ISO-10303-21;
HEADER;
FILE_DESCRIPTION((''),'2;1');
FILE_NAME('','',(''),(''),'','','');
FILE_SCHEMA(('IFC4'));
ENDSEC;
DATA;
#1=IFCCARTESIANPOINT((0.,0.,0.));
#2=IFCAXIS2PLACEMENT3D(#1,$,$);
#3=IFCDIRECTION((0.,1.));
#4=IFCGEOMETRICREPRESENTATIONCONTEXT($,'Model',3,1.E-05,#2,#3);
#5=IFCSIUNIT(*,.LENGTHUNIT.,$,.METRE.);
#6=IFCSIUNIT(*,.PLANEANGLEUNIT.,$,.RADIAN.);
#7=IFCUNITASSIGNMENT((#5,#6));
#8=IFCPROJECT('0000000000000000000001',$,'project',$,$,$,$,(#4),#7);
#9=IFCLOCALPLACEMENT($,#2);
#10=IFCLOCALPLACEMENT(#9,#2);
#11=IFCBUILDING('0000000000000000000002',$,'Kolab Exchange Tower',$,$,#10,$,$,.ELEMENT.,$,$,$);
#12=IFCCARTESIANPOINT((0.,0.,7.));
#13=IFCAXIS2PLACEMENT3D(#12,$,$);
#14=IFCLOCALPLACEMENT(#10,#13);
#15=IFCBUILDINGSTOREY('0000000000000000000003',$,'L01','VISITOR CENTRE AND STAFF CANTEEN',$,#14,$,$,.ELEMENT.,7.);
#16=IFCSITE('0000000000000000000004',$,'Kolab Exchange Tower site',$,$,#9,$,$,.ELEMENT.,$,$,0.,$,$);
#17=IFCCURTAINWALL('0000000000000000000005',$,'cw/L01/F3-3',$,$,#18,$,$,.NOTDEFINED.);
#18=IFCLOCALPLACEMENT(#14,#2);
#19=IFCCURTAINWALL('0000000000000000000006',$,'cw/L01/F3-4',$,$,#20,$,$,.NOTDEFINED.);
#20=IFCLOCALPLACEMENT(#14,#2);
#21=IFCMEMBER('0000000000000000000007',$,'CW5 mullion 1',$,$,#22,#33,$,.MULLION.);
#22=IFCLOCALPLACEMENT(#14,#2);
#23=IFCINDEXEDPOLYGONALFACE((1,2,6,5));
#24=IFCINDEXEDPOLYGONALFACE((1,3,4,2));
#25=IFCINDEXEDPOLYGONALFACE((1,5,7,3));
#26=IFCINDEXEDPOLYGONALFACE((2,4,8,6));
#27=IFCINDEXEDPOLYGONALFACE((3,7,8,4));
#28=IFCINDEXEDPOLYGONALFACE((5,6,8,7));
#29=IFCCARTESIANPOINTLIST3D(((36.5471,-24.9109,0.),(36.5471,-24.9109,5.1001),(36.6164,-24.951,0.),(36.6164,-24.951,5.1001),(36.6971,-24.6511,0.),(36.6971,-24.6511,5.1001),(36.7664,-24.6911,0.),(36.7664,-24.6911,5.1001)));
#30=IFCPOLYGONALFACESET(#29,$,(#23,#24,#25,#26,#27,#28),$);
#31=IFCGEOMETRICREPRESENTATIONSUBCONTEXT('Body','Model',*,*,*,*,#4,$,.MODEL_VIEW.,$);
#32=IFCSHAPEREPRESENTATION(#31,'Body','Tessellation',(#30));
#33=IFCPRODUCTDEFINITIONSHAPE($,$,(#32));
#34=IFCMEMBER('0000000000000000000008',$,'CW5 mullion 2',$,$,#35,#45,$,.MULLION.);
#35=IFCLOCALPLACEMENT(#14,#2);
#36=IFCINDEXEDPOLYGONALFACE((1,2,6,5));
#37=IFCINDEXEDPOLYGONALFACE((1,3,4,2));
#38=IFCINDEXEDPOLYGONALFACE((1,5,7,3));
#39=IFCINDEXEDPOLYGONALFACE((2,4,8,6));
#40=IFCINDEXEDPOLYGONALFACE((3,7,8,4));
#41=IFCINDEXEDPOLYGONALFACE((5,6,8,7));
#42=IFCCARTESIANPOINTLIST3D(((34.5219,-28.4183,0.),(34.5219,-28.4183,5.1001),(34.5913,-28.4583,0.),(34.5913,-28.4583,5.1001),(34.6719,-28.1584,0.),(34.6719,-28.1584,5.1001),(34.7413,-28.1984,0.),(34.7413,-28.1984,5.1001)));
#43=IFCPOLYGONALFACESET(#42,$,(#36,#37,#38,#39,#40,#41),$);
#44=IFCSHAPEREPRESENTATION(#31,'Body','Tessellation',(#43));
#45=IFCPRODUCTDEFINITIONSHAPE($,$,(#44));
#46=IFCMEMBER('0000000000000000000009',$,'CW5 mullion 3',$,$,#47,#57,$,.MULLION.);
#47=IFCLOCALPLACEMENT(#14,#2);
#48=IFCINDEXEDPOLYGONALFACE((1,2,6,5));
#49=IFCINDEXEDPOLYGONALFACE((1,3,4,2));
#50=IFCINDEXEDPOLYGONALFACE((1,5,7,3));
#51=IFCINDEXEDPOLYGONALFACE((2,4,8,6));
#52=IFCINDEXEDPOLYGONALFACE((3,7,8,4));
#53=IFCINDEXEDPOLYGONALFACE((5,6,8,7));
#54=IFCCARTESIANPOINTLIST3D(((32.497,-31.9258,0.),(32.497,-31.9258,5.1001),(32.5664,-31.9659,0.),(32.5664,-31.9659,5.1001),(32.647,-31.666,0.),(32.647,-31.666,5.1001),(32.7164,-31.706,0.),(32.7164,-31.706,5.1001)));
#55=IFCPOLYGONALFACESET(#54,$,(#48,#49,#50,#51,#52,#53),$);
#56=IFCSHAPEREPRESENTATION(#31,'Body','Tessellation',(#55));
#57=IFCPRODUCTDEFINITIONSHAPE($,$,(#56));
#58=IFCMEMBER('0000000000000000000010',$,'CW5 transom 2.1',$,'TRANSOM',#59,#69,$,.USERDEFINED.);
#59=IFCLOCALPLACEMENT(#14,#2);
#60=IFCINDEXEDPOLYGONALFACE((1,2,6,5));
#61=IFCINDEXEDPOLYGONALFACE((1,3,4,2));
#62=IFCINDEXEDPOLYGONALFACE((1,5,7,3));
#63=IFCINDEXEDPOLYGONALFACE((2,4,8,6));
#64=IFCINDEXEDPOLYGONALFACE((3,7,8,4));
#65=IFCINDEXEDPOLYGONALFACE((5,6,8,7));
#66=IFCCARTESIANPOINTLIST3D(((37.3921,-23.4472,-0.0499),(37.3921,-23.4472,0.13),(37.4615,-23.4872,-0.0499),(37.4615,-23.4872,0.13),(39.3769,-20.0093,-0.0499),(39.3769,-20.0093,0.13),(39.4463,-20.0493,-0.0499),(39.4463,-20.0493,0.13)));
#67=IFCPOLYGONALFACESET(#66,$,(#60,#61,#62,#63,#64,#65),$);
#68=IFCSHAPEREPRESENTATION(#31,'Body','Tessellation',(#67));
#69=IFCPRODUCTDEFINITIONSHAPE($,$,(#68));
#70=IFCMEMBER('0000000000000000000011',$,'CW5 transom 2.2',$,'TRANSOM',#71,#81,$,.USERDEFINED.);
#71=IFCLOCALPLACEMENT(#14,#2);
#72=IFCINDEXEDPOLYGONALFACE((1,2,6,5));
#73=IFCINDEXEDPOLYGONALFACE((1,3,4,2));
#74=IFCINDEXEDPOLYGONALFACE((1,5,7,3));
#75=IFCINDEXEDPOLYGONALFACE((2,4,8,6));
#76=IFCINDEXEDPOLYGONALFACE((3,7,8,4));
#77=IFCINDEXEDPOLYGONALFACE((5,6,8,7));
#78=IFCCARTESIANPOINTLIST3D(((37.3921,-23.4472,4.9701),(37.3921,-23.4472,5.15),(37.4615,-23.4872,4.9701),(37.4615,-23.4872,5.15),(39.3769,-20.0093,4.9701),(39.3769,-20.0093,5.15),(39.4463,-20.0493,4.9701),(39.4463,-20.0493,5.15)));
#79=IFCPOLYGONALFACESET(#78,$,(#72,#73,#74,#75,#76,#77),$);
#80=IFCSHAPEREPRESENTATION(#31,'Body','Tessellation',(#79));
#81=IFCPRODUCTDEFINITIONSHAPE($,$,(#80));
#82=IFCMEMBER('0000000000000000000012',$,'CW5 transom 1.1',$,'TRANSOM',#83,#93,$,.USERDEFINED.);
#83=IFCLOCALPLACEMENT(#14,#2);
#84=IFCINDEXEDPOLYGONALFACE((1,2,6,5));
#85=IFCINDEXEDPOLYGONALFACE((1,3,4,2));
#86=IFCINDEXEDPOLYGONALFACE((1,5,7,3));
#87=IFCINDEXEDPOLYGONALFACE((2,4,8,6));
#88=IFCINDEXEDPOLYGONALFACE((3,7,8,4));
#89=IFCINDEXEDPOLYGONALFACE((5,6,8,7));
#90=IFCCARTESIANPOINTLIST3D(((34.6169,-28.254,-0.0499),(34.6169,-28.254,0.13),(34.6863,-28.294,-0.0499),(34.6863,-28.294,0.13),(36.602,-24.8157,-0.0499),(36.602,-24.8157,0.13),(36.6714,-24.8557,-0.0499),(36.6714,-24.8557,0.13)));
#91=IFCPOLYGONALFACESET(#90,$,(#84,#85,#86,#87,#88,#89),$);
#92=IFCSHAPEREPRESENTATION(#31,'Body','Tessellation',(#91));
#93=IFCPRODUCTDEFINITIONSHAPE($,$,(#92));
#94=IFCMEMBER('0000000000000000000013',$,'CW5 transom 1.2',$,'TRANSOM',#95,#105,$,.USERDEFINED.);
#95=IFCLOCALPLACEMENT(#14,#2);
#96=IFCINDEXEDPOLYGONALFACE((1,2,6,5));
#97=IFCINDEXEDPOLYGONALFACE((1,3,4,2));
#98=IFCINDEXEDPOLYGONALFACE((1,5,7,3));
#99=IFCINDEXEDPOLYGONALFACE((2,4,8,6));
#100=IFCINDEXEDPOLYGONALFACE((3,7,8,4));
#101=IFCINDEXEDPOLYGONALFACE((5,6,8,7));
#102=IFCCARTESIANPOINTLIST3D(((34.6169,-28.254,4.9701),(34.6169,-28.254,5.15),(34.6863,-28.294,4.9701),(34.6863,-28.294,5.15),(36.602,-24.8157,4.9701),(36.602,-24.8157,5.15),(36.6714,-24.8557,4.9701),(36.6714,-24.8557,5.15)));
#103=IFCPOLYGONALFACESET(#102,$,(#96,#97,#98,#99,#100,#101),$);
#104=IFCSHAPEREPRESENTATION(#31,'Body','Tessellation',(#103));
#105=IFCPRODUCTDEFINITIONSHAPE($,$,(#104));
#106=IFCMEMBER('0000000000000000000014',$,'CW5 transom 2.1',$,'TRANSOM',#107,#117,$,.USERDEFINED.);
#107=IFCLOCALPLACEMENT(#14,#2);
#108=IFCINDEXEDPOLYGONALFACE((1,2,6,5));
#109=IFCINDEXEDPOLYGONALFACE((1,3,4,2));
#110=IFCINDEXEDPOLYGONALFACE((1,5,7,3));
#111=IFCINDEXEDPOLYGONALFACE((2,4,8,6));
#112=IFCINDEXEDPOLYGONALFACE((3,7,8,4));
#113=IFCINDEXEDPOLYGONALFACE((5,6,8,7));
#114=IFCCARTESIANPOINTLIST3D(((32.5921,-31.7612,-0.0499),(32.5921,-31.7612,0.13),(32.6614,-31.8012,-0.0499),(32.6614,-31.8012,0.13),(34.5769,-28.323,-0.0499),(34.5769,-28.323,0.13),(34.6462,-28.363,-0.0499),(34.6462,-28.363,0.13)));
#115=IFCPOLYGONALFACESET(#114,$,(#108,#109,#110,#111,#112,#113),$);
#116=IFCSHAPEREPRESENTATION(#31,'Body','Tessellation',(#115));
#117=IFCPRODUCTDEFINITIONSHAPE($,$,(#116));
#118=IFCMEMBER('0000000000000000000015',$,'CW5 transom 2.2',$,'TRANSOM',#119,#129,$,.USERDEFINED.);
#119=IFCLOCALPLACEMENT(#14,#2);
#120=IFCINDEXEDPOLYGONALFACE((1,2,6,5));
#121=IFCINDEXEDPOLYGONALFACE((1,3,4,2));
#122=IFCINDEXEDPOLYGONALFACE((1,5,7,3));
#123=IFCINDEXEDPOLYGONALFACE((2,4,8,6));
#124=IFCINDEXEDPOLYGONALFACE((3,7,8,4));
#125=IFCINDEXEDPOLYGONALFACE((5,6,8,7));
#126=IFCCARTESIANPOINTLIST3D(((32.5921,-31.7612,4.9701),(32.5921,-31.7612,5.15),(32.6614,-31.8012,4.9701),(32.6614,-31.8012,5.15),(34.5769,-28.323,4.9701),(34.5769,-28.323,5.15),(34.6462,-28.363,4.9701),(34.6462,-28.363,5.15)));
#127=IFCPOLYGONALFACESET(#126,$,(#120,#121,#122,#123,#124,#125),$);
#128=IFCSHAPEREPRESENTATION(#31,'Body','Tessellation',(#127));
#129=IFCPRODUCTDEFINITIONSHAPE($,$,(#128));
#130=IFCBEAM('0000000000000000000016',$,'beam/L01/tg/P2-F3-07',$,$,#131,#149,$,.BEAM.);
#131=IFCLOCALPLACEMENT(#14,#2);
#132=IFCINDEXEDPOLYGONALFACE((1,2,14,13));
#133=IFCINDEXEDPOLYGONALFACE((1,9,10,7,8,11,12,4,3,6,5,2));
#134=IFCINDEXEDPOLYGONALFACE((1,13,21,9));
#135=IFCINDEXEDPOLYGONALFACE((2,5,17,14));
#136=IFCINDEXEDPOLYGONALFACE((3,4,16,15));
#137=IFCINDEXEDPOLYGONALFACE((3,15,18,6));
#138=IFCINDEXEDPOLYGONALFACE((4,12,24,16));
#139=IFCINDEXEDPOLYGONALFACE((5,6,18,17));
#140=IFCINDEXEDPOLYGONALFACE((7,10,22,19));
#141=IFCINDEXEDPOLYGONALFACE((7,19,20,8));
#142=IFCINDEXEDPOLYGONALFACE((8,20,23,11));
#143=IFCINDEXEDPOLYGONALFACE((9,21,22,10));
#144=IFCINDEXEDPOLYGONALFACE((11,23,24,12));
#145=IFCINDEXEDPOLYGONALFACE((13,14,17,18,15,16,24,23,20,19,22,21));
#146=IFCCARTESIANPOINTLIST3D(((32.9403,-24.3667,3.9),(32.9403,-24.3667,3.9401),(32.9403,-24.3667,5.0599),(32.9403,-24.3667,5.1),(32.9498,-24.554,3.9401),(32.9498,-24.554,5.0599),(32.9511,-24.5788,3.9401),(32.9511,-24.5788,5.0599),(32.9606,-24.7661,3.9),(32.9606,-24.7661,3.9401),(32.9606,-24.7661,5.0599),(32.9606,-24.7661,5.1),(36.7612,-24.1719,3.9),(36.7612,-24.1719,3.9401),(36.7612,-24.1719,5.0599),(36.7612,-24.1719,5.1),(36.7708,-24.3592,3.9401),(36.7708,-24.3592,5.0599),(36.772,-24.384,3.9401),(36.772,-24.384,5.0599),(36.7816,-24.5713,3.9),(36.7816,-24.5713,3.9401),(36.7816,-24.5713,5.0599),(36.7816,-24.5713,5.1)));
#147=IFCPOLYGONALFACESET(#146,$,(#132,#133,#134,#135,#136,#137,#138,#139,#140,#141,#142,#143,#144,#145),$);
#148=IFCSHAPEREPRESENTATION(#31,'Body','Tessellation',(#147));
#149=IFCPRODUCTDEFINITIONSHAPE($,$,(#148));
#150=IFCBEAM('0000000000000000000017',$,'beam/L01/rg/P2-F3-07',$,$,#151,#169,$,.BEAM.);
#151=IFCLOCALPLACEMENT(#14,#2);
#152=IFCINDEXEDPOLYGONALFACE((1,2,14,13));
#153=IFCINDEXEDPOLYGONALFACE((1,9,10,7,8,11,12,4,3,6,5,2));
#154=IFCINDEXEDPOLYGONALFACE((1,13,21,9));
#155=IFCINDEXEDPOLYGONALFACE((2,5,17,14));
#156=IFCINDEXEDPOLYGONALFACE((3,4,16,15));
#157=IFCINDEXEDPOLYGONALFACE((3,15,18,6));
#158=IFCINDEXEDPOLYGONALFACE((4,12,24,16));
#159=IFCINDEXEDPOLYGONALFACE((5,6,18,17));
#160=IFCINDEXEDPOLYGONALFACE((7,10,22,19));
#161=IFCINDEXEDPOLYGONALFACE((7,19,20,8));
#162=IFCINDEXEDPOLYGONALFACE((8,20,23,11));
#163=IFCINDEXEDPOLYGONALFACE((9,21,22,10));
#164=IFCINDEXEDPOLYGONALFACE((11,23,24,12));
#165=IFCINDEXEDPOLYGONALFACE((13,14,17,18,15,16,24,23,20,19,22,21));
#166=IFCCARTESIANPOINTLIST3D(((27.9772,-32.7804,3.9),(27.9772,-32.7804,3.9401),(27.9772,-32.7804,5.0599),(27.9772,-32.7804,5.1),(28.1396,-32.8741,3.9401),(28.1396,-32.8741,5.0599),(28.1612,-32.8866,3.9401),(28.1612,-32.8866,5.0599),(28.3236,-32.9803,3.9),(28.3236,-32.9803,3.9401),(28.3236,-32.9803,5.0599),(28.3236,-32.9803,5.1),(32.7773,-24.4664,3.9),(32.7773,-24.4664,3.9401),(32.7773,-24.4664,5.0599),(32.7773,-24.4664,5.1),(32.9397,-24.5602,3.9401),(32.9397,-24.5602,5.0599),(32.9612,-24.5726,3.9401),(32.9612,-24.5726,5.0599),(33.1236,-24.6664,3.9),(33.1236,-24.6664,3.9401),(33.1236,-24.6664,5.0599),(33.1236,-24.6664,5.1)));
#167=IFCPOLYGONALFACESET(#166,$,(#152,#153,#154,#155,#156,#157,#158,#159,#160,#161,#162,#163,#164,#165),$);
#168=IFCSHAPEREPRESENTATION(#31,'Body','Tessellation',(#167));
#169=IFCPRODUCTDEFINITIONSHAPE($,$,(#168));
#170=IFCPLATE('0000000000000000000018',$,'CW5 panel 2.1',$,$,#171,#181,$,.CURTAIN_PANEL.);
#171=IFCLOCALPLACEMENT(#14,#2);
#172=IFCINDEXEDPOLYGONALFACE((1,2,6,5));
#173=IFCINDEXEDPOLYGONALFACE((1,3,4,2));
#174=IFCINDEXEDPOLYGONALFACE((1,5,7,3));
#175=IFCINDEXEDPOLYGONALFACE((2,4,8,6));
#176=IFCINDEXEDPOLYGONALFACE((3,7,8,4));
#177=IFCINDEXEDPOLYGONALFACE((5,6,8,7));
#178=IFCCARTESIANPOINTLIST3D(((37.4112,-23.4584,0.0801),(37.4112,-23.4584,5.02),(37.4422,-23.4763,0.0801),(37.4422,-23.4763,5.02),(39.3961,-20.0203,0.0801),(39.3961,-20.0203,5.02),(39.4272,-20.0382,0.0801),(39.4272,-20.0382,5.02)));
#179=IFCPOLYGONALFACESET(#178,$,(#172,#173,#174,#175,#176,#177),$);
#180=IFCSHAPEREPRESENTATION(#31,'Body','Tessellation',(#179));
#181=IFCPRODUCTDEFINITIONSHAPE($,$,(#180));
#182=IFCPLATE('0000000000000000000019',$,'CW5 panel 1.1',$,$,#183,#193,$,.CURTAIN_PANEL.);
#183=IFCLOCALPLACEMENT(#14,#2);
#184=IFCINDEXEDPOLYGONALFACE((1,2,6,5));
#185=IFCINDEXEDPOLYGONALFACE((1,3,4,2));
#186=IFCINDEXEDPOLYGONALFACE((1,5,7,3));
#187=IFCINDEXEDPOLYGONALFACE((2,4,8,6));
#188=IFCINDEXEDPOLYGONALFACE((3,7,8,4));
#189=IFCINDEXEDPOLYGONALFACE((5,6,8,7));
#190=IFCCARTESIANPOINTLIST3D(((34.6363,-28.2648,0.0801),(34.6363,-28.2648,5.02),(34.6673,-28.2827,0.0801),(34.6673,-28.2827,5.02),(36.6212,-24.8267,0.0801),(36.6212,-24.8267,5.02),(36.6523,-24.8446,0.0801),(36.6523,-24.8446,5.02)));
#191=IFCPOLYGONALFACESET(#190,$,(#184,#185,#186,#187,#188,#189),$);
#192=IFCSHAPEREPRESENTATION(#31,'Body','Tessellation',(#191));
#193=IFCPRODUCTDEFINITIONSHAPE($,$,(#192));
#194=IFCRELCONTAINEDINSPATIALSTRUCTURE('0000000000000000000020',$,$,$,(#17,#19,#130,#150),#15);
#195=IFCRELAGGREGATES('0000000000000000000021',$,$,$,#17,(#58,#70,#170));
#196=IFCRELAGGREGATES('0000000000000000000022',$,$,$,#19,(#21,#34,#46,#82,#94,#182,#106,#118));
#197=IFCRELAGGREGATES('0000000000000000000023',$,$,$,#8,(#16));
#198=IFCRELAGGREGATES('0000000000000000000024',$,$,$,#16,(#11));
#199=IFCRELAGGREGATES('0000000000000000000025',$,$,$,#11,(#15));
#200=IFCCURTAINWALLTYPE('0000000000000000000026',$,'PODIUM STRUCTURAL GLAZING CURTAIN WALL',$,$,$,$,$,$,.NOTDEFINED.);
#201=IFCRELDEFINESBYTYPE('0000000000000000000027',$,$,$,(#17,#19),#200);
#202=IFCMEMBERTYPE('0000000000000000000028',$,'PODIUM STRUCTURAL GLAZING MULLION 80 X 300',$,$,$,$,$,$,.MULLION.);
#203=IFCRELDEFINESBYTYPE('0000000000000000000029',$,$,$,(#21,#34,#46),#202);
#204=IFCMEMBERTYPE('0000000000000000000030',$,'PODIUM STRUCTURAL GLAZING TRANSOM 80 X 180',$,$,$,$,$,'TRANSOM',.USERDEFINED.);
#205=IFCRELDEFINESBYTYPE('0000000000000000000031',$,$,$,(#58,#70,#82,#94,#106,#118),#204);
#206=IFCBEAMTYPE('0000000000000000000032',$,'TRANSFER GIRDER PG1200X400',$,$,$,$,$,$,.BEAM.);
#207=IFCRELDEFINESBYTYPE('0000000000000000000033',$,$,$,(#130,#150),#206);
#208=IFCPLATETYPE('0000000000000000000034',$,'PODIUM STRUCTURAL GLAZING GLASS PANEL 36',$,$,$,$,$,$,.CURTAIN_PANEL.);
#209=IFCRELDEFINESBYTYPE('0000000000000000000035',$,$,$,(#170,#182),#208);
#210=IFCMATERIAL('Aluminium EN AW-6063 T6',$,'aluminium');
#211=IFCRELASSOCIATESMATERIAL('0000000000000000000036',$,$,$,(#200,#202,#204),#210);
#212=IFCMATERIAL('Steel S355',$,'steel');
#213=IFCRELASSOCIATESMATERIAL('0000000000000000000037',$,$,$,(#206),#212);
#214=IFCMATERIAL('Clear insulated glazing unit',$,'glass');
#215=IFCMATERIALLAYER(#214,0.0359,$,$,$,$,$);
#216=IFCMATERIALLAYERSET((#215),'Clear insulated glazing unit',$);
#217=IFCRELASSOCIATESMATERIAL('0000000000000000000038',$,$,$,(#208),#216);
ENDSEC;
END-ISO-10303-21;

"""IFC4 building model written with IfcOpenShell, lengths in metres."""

from ifc_helpers import new_model, si_unit, direction, frame, origin, origin_2d, place, context, subcontext, project, spatial, rectangle, i_section, extrude, material, layer, layer_set, material_profile, profile_set, type_object, element, aggregate, save


model = new_model("IFC4")

# Units and contexts
model_context = context("Model", 3, precision=1e-05, world=origin(), true_north=direction((0.0, 1.0)))
body_context = subcontext(model_context, "Body", "Model", "MODEL_VIEW")
ifc_project = project(units=[si_unit("LENGTHUNIT", "METRE"), si_unit("PLANEANGLEUNIT", "RADIAN")], contexts=[model_context])

# Site, building, storey
site_placement = place(None, origin())
site = spatial("IfcSite", under=ifc_project, at=site_placement, Name="Kolab Exchange Tower site", CompositionType="ELEMENT", RefElevation=0.0)
building_placement = place(site_placement, origin())
building = spatial("IfcBuilding", under=site, at=building_placement, Name="Kolab Exchange Tower", CompositionType="ELEMENT")
storey_placement = place(building_placement, frame((0.0, 0.0, 7.0)))
storey = spatial("IfcBuildingStorey", under=building, at=storey_placement, Name="L01", Description="VISITOR CENTRE AND STAFF CANTEEN", CompositionType="ELEMENT", Elevation=7.0)

# Shared definitions
ifc_material_1 = material(Name="Steel S355", Category="steel")

# Curtain walls, members
ifc_material_2 = material(Name="Aluminium EN AW-6063 T6", Category="aluminium")
curtain_wall_type = type_object("IfcCurtainWallType", Name="PODIUM STRUCTURAL GLAZING CURTAIN WALL", PredefinedType="NOTDEFINED", material=ifc_material_2)
curtain_wall_1_placement = place(storey_placement, origin())
curtain_wall_1 = element("IfcCurtainWall", 1, at=curtain_wall_1_placement, inside=storey, type_object=curtain_wall_type, Name="cw/L01/F3-3", PredefinedType="NOTDEFINED")
ifc_material_profile_1 = material_profile(ifc_material_2, rectangle(XDim=0.0801, YDim=0.3, at=origin_2d()), Name="RECT 80X300")
ifc_profile_set_1 = profile_set([ifc_material_profile_1], Name="Aluminium EN AW-6063 T6")
member_type_1 = type_object("IfcMemberType", Name="PODIUM STRUCTURAL GLAZING MULLION 80 X 300", PredefinedType="MULLION", material=ifc_profile_set_1)
curtain_wall_2_placement = place(storey_placement, origin())
curtain_wall_2 = element("IfcCurtainWall", 2, at=curtain_wall_2_placement, inside=storey, type_object=curtain_wall_type, Name="cw/L01/F3-4", PredefinedType="NOTDEFINED")
member_1_placement = place(storey_placement, frame((36.6567, -24.801, 0.0), z_axis=(0.0, 0.0, 1.0), x_axis=(0.866025, -0.5, 0.0)))
member_1 = element("IfcMember", 3, at=member_1_placement, type_object=member_type_1, Name="CW5 mullion 1", PredefinedType="MULLION", context=body_context, shape_type="SweptSolid", body=[
    extrude(rectangle(XDim=0.0801, YDim=0.3, at=origin_2d()), origin(), (0.0, 0.0, 1.0), 5.1001),
])
member_2_placement = place(storey_placement, frame((34.6316, -28.3083, 0.0), z_axis=(0.0, 0.0, 1.0), x_axis=(0.866025, -0.5, 0.0)))
member_2 = element("IfcMember", 4, at=member_2_placement, type_object=member_type_1, Name="CW5 mullion 2", PredefinedType="MULLION", context=body_context, shape_type="SweptSolid", body=[
    extrude(rectangle(XDim=0.0801, YDim=0.3, at=origin_2d()), origin(), (0.0, 0.0, 1.0), 5.1001),
])
member_3_placement = place(storey_placement, frame((32.6067, -31.8159, 0.0), z_axis=(0.0, 0.0, 1.0), x_axis=(0.866025, -0.5, 0.0)))
member_3 = element("IfcMember", 5, at=member_3_placement, type_object=member_type_1, Name="CW5 mullion 3", PredefinedType="MULLION", context=body_context, shape_type="SweptSolid", body=[
    extrude(rectangle(XDim=0.0801, YDim=0.3, at=origin_2d()), origin(), (0.0, 0.0, 1.0), 5.1001),
])

# Members
ifc_material_profile_2 = material_profile(ifc_material_2, rectangle(XDim=0.0801, YDim=0.1799, at=origin_2d()), Name="RECT 80X180")
ifc_profile_set_2 = profile_set([ifc_material_profile_2], Name="Aluminium EN AW-6063 T6")
member_type_2 = type_object("IfcMemberType", Name="PODIUM STRUCTURAL GLAZING TRANSOM 80 X 180", ElementType="TRANSOM", PredefinedType="USERDEFINED", material=ifc_profile_set_2)
member_4_placement = place(storey_placement, frame((39.4116, -20.0293, 0.04), z_axis=(-0.499989, -0.866032, 0.0), x_axis=(0.866032, -0.499989, 0.0)))
member_4 = element("IfcMember", 6, at=member_4_placement, type_object=member_type_2, Name="CW5 transom 2.1", ObjectType="TRANSOM", PredefinedType="USERDEFINED", context=body_context, shape_type="SweptSolid", body=[
    extrude(rectangle(XDim=0.0801, YDim=0.1799, at=origin_2d()), origin(), (0.0, 0.0, 1.0), 3.9697),
])
member_5_placement = place(storey_placement, frame((39.4116, -20.0293, 5.0601), z_axis=(-0.499989, -0.866032, 0.0), x_axis=(0.866032, -0.499989, 0.0)))
member_5 = element("IfcMember", 7, at=member_5_placement, type_object=member_type_2, Name="CW5 transom 2.2", ObjectType="TRANSOM", PredefinedType="USERDEFINED", context=body_context, shape_type="SweptSolid", body=[
    extrude(rectangle(XDim=0.0801, YDim=0.1799, at=origin_2d()), origin(), (0.0, 0.0, 1.0), 3.9697),
])
member_6_placement = place(storey_placement, frame((36.6367, -24.8357, 0.04), z_axis=(-0.500008, -0.866021, 0.0), x_axis=(0.866021, -0.500008, 0.0)))
member_6 = element("IfcMember", 8, at=member_6_placement, type_object=member_type_2, Name="CW5 transom 1.1", ObjectType="TRANSOM", PredefinedType="USERDEFINED", context=body_context, shape_type="SweptSolid", body=[
    extrude(rectangle(XDim=0.0801, YDim=0.1799, at=origin_2d()), origin(), (0.0, 0.0, 1.0), 3.9702),
])
member_7_placement = place(storey_placement, frame((36.6367, -24.8357, 5.0601), z_axis=(-0.500008, -0.866021, 0.0), x_axis=(0.866021, -0.500008, 0.0)))
member_7 = element("IfcMember", 9, at=member_7_placement, type_object=member_type_2, Name="CW5 transom 1.2", ObjectType="TRANSOM", PredefinedType="USERDEFINED", context=body_context, shape_type="SweptSolid", body=[
    extrude(rectangle(XDim=0.0801, YDim=0.1799, at=origin_2d()), origin(), (0.0, 0.0, 1.0), 3.9702),
])
member_8_placement = place(storey_placement, frame((34.6116, -28.343, 0.04), z_axis=(-0.499962, -0.866047, 0.0), x_axis=(0.866047, -0.499962, 0.0)))
member_8 = element("IfcMember", 10, at=member_8_placement, type_object=member_type_2, Name="CW5 transom 2.1", ObjectType="TRANSOM", PredefinedType="USERDEFINED", context=body_context, shape_type="SweptSolid", body=[
    extrude(rectangle(XDim=0.0801, YDim=0.1799, at=origin_2d()), origin(), (0.0, 0.0, 1.0), 3.97),
])
member_9_placement = place(storey_placement, frame((34.6116, -28.343, 5.0601), z_axis=(-0.499962, -0.866047, 0.0), x_axis=(0.866047, -0.499962, 0.0)))
member_9 = element("IfcMember", 11, at=member_9_placement, type_object=member_type_2, Name="CW5 transom 2.2", ObjectType="TRANSOM", PredefinedType="USERDEFINED", context=body_context, shape_type="SweptSolid", body=[
    extrude(rectangle(XDim=0.0801, YDim=0.1799, at=origin_2d()), origin(), (0.0, 0.0, 1.0), 3.97),
])

# Beams
ifc_material_profile_3 = material_profile(ifc_material_1, i_section(OverallWidth=0.3999, OverallDepth=1.2, WebThickness=0.0249, FlangeThickness=0.04, at=origin_2d()), Name="PG1200X400")
ifc_profile_set_3 = profile_set([ifc_material_profile_3], Name="Steel S355")
beam_type_1 = type_object("IfcBeamType", Name="TRANSFER GIRDER PG1200X400", PredefinedType="BEAM", material=ifc_profile_set_3)
beam_1_placement = place(storey_placement, frame((32.9504, -24.5664, 4.5), z_axis=(0.998703, 0.050921, 0.0), x_axis=(-0.050921, 0.998703, 0.0)))
element("IfcBeam", 12, at=beam_1_placement, inside=storey, type_object=beam_type_1, Name="beam/L01/tg/P2-F3-07", PredefinedType="BEAM", context=body_context, shape_type="SweptSolid", body=[
    extrude(i_section(OverallWidth=0.3999, OverallDepth=1.2, WebThickness=0.0249, FlangeThickness=0.04, at=origin_2d()), origin(), (0.0, 0.0, 1.0), 3.8259),
])
beam_2_placement = place(storey_placement, frame((32.9504, -24.5664, 4.5), z_axis=(-0.499998, -0.866026, 0.0), x_axis=(0.866026, -0.499998, 0.0)))
element("IfcBeam", 13, at=beam_2_placement, inside=storey, type_object=beam_type_1, Name="beam/L01/rg/P2-F3-07", PredefinedType="BEAM", context=body_context, shape_type="SweptSolid", body=[
    extrude(i_section(OverallWidth=0.3999, OverallDepth=1.2, WebThickness=0.0249, FlangeThickness=0.04, at=origin_2d()), origin(), (0.0, 0.0, 1.0), 9.6001),
])

# Plates
ifc_material_3 = material(Name="Clear insulated glazing unit", Category="glass")
ifc_layer_1 = layer(ifc_material_3, 0.0359)
ifc_layer_set_1 = layer_set([ifc_layer_1], Name="Clear insulated glazing unit")
plate_type = type_object("IfcPlateType", Name="PODIUM STRUCTURAL GLAZING GLASS PANEL 36", PredefinedType="CURTAIN_PANEL", material=ifc_layer_set_1)
plate_1_placement = place(storey_placement, frame((38.4192, -21.7483, 0.0801), z_axis=(0.0, 0.0, 1.0), x_axis=(-0.5, -0.866025, 0.0)))
plate_1 = element("IfcPlate", 14, at=plate_1_placement, type_object=plate_type, Name="CW5 panel 2.1", PredefinedType="CURTAIN_PANEL", context=body_context, shape_type="SweptSolid", body=[
    extrude(rectangle(XDim=3.97, YDim=0.0359, at=origin_2d()), origin(), (0.0, 0.0, 1.0), 4.9399),
])
aggregate(curtain_wall_1, [member_4, member_5, plate_1])
plate_2_placement = place(storey_placement, frame((35.6443, -26.5547, 0.0801), z_axis=(0.0, 0.0, 1.0), x_axis=(-0.5, -0.866025, 0.0)))
plate_2 = element("IfcPlate", 15, at=plate_2_placement, type_object=plate_type, Name="CW5 panel 1.1", PredefinedType="CURTAIN_PANEL", context=body_context, shape_type="SweptSolid", body=[
    extrude(rectangle(XDim=3.97, YDim=0.0359, at=origin_2d()), origin(), (0.0, 0.0, 1.0), 4.9399),
])
aggregate(curtain_wall_2, [member_1, member_2, member_3, member_6, member_7, plate_2, member_8, member_9])

save(model, "model.ifc")
